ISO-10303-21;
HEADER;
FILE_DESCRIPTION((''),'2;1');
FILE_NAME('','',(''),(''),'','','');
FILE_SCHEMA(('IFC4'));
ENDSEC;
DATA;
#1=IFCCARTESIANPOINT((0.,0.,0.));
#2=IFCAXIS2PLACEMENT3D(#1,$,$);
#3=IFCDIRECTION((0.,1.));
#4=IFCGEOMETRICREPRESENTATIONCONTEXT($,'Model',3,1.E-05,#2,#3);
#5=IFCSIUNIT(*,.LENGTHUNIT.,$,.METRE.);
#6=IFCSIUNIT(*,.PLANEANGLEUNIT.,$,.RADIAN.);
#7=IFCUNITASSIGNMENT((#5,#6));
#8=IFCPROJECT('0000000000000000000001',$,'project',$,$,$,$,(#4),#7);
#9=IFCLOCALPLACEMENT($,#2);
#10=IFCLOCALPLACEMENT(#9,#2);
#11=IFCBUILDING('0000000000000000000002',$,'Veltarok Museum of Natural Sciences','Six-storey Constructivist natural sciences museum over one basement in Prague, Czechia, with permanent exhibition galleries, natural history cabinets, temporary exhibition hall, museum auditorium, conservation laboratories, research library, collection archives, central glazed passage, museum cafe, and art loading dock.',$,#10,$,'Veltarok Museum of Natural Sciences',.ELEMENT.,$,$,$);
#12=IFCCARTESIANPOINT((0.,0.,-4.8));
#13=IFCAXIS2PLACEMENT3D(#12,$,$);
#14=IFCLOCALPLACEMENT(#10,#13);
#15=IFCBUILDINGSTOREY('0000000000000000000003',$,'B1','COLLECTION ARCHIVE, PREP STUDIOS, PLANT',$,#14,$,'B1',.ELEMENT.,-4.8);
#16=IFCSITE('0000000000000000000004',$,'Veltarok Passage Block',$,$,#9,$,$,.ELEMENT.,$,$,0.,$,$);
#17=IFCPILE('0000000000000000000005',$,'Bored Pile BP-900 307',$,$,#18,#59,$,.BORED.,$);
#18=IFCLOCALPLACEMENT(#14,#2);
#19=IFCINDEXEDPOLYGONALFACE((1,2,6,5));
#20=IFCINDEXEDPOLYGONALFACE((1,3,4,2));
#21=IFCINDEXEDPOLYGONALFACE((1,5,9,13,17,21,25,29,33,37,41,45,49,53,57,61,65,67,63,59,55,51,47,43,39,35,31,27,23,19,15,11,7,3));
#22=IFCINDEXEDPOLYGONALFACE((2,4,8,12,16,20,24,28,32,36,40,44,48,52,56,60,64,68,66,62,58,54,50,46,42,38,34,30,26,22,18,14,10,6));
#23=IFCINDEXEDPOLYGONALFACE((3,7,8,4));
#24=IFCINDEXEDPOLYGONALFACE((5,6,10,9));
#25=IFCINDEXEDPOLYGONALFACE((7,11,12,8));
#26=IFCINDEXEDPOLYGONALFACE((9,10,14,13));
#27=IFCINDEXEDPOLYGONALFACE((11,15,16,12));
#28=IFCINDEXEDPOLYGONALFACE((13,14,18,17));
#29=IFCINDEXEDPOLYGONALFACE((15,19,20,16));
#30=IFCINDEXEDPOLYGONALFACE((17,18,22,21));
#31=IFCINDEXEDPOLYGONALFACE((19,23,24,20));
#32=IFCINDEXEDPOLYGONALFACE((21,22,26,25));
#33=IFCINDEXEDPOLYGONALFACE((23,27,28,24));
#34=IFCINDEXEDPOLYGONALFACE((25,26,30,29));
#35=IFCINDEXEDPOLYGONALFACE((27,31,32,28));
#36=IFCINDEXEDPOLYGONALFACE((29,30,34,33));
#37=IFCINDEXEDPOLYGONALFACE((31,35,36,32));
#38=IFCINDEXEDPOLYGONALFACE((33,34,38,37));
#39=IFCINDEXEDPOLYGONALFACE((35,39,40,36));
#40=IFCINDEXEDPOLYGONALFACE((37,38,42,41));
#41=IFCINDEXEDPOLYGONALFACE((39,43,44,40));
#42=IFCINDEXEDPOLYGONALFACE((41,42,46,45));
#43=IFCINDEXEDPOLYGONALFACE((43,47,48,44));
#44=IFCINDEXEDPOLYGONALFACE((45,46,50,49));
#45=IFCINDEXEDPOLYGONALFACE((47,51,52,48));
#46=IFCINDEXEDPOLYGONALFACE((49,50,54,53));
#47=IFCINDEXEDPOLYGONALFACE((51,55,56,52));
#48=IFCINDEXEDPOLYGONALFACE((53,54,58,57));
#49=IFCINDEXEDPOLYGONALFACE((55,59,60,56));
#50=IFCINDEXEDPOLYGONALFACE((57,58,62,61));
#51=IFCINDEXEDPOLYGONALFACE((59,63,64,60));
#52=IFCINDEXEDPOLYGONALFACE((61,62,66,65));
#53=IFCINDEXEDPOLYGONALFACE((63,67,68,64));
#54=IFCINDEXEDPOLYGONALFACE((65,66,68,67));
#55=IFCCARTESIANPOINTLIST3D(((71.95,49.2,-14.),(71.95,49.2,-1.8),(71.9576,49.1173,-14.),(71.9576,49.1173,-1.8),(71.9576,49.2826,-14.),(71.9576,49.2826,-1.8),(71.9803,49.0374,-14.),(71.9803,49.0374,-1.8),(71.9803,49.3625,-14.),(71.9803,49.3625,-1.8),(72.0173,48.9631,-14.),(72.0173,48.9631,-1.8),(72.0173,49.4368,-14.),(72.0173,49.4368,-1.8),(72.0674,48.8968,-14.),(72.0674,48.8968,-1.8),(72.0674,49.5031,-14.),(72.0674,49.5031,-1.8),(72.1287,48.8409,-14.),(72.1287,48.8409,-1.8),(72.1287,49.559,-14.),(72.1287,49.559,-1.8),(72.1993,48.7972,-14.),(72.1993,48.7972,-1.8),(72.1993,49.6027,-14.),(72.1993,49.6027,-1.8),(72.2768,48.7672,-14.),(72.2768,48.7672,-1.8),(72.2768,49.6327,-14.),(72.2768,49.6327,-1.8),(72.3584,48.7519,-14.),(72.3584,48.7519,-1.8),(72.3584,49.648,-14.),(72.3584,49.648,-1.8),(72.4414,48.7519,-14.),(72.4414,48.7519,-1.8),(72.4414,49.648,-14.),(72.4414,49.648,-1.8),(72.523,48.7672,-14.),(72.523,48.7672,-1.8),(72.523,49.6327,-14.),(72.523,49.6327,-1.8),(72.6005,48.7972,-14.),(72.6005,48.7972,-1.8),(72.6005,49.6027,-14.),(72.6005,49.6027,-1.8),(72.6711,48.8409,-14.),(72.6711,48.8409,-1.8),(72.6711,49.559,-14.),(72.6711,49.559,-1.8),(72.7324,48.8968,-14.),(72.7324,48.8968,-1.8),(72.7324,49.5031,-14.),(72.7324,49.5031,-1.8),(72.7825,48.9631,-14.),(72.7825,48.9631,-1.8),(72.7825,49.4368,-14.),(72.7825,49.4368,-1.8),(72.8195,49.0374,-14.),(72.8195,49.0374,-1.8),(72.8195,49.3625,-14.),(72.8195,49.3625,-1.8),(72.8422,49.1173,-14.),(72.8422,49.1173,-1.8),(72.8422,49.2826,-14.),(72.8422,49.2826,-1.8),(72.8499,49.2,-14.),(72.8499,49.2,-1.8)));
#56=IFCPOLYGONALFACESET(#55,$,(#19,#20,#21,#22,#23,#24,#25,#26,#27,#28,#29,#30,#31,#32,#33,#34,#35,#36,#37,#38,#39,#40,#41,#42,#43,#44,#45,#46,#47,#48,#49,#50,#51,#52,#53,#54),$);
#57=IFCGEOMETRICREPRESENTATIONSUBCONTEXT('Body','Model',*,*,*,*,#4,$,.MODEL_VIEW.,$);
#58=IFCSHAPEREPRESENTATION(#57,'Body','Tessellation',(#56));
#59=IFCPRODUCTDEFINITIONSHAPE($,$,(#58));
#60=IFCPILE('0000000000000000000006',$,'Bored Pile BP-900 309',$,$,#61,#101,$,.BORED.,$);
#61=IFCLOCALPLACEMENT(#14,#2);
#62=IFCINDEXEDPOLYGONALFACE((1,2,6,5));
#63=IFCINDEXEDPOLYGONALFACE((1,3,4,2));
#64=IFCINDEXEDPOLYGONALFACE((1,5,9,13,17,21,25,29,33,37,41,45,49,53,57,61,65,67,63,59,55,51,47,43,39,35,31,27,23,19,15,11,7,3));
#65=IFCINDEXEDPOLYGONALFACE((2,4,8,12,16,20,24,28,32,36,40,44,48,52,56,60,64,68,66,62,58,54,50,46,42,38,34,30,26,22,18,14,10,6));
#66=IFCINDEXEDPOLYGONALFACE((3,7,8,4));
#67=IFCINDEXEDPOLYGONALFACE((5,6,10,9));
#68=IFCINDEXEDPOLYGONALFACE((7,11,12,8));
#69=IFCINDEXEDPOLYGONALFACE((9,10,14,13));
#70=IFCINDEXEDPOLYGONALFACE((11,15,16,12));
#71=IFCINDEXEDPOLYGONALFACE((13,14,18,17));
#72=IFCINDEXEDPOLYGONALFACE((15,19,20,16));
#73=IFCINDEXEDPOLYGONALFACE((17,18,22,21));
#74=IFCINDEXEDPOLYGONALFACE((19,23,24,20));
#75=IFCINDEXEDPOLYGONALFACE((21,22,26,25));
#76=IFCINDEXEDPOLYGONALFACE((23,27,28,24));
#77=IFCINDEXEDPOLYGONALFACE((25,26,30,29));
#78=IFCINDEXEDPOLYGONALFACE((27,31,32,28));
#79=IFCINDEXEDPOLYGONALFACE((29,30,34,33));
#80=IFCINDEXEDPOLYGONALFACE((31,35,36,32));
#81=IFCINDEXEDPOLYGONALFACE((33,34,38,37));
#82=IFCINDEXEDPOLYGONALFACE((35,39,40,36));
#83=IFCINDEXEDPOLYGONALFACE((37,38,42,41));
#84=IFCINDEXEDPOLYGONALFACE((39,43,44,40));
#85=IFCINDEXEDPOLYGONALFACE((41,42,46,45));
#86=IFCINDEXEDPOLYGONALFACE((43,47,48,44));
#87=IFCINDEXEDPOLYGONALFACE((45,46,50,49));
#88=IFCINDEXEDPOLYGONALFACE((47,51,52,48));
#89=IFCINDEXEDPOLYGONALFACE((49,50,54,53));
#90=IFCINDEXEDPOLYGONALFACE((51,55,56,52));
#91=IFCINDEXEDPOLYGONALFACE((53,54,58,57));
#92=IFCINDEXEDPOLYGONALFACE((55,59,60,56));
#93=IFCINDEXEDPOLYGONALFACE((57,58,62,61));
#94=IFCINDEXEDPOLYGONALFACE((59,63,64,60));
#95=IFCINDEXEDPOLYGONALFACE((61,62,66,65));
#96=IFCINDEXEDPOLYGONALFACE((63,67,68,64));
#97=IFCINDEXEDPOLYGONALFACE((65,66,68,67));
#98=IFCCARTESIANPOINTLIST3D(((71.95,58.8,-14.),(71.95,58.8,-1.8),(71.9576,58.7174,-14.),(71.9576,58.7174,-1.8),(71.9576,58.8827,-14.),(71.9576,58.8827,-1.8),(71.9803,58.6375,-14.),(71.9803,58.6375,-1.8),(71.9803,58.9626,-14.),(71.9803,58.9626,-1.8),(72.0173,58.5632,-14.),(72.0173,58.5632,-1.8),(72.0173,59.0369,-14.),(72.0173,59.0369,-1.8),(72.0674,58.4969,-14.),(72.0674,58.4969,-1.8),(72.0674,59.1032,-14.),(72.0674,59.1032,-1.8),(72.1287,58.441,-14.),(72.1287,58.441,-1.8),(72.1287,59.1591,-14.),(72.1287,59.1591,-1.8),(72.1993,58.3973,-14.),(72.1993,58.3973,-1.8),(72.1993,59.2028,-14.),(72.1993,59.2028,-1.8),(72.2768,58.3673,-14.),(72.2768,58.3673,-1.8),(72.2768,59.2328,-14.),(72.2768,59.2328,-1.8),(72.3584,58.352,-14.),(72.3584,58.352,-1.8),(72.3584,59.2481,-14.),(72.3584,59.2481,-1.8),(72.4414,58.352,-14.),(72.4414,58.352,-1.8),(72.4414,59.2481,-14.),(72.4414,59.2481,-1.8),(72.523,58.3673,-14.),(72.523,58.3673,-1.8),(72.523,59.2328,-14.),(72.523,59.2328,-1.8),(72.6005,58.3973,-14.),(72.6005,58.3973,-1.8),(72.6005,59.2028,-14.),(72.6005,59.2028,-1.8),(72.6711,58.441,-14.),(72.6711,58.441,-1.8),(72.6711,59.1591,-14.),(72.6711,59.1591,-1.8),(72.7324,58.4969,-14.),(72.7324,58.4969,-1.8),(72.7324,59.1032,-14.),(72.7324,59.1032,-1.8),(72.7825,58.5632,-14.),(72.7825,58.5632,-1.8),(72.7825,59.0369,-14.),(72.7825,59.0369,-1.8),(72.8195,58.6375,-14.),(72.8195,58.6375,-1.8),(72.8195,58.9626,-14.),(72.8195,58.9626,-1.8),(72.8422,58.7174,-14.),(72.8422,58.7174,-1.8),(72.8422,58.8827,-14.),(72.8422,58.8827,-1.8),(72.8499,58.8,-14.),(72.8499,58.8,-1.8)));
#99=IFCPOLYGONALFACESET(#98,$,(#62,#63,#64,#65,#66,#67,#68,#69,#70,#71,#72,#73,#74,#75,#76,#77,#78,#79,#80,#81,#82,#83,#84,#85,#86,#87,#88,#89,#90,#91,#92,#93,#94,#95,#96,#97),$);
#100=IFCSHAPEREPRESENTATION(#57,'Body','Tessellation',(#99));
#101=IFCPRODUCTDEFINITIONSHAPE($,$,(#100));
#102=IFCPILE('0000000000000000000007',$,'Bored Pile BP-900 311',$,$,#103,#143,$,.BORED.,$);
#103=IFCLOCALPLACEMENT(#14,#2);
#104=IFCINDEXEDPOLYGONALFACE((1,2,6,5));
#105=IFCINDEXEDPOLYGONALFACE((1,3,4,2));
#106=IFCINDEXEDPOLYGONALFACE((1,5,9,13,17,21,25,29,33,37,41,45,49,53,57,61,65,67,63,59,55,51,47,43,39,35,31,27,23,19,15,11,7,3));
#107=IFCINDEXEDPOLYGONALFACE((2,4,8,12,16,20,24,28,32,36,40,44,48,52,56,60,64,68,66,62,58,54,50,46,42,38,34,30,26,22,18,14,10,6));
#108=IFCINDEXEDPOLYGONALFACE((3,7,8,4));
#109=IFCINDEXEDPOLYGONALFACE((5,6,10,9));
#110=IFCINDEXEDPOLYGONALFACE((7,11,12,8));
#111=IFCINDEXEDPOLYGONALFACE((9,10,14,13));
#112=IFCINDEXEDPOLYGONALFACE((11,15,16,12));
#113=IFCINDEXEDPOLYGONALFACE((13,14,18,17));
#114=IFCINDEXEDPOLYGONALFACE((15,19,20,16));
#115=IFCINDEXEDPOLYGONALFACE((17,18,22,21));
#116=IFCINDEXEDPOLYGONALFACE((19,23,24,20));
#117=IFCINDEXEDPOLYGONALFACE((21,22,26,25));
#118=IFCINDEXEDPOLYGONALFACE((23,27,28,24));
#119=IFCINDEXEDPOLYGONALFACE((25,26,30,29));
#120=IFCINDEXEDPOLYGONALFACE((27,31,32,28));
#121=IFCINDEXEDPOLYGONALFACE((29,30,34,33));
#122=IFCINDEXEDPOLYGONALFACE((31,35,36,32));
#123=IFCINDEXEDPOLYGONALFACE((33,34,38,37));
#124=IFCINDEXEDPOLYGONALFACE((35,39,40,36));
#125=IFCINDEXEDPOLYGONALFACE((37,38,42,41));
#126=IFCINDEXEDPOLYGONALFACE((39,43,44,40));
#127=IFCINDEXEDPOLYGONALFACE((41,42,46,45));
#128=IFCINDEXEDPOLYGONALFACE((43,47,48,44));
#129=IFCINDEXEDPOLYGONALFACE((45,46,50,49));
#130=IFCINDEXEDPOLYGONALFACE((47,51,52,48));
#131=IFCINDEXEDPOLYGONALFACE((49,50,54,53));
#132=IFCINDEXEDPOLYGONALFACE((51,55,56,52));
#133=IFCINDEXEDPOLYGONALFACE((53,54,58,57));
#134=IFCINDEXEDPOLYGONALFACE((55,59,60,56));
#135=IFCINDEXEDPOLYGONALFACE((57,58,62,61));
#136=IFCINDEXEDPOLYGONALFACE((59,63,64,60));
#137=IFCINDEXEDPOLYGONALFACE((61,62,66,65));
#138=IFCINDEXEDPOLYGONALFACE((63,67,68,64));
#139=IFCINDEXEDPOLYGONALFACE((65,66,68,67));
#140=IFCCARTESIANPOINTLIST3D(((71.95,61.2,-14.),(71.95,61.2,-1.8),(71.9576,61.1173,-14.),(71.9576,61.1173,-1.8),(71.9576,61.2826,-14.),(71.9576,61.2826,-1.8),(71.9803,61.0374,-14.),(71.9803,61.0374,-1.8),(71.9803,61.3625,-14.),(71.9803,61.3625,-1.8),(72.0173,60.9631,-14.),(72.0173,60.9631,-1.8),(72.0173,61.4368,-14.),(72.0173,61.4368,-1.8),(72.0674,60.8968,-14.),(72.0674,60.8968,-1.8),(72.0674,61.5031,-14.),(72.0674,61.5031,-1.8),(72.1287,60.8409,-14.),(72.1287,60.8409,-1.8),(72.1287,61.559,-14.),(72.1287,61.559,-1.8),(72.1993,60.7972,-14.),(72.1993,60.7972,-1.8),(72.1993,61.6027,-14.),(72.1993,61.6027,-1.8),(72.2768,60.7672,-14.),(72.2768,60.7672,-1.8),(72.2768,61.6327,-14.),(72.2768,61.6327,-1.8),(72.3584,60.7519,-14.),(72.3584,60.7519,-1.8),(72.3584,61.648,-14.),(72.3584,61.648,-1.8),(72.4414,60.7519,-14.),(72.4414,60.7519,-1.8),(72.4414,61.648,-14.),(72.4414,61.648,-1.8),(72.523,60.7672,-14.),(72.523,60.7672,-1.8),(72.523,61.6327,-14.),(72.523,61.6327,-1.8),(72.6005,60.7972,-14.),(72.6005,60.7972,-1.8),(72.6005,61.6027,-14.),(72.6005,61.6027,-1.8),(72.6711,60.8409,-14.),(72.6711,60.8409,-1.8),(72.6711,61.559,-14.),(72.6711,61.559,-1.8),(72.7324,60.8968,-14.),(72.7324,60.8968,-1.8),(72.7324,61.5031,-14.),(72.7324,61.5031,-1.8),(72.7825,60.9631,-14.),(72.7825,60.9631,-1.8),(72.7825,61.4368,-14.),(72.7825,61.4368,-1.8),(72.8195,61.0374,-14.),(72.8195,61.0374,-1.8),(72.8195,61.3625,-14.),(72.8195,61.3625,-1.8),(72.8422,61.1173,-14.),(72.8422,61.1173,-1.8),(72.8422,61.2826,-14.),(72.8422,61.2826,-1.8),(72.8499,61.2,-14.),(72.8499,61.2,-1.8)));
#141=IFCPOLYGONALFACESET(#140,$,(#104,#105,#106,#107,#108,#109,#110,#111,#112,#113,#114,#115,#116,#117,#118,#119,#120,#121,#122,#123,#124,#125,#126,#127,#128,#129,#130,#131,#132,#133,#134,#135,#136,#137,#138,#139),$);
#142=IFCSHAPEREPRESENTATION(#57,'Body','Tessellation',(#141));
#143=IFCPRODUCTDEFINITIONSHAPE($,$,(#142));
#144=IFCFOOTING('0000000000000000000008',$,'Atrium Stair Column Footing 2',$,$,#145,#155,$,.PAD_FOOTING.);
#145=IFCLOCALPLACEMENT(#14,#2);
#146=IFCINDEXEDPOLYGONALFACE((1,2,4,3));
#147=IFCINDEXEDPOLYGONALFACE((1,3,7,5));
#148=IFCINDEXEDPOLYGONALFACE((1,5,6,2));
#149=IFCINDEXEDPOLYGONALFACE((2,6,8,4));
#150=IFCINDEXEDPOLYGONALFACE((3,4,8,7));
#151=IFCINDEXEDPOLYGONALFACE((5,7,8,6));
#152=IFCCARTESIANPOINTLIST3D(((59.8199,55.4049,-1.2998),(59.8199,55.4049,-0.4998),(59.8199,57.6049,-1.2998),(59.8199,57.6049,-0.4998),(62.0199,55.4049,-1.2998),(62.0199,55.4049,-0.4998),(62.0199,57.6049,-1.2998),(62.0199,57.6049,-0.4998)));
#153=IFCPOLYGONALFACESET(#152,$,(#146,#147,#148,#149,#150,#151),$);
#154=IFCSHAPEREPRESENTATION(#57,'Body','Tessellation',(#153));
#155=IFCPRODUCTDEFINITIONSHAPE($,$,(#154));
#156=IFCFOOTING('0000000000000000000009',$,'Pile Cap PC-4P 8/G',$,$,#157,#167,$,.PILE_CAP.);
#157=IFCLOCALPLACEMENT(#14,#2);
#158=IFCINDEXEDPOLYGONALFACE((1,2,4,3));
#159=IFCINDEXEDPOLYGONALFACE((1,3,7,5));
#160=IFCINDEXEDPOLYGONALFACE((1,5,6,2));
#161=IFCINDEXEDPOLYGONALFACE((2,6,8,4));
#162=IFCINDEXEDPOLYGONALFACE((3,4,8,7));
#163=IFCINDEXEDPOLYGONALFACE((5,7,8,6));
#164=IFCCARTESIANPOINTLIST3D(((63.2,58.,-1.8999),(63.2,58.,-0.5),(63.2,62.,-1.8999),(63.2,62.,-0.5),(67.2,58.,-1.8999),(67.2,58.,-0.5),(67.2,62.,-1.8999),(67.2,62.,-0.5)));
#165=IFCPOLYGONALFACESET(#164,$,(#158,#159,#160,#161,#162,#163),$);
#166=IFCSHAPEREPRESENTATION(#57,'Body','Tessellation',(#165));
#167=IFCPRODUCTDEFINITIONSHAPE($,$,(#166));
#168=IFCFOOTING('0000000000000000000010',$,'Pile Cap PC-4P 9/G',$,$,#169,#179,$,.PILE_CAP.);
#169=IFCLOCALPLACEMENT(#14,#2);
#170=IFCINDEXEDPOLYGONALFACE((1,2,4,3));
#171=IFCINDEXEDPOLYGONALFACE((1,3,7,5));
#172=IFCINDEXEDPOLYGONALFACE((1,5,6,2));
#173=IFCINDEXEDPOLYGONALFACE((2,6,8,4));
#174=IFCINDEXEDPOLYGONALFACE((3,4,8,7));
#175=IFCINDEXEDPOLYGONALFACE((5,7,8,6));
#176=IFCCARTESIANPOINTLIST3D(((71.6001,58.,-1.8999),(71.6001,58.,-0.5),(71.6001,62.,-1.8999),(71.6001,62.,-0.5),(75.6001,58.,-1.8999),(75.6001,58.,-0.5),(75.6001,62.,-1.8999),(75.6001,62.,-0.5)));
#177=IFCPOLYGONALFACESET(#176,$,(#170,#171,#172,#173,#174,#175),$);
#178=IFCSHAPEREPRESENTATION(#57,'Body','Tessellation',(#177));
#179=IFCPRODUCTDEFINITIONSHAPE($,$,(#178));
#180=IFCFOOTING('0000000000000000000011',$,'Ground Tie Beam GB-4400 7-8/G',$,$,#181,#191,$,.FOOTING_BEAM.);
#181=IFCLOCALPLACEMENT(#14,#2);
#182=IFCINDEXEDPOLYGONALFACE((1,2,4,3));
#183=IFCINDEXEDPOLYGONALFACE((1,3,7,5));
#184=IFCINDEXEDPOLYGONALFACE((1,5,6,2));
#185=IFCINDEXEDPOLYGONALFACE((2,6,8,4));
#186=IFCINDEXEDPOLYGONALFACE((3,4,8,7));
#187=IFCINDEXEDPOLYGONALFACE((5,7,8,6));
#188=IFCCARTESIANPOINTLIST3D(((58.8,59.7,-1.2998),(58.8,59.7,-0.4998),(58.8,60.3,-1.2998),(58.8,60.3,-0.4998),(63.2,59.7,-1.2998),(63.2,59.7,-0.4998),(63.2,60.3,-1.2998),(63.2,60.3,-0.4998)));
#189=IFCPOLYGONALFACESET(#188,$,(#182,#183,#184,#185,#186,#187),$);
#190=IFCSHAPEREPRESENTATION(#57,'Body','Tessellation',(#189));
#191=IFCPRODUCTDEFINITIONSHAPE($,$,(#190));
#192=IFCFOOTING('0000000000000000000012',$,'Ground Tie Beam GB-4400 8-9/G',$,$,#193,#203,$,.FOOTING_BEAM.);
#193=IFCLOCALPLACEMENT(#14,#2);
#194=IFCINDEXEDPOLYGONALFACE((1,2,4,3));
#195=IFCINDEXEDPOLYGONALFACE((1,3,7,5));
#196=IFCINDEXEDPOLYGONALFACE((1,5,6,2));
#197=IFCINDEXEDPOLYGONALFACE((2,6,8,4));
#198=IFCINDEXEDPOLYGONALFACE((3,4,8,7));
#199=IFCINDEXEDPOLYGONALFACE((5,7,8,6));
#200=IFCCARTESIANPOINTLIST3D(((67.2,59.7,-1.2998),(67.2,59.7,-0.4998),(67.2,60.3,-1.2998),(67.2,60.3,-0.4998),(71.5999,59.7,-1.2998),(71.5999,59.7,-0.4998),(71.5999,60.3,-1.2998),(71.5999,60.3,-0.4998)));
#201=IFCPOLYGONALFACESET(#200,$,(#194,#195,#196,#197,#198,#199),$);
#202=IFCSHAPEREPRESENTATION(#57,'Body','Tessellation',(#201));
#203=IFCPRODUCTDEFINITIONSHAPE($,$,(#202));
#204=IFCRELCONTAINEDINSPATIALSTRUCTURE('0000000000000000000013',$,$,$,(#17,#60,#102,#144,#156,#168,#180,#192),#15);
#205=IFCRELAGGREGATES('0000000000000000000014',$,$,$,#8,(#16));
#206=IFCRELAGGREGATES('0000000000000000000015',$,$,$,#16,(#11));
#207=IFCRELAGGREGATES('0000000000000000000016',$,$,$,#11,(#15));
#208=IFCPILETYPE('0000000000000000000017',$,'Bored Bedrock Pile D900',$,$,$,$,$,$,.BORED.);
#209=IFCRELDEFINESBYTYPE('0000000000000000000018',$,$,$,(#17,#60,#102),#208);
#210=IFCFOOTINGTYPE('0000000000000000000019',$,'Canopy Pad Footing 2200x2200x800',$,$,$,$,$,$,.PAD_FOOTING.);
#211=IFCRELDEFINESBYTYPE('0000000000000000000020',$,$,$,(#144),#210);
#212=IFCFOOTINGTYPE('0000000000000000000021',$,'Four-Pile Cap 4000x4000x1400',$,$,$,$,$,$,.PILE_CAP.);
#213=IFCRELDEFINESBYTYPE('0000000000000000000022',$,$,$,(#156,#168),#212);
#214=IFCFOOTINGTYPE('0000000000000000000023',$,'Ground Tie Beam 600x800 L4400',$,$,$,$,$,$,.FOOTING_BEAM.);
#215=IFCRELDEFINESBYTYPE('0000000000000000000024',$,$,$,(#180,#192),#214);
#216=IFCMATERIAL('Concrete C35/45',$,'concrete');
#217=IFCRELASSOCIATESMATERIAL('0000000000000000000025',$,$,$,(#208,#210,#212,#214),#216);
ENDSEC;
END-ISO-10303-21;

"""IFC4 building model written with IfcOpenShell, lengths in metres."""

from ifc_helpers import new_model, si_unit, direction, frame, origin, origin_2d, place, context, subcontext, project, spatial, rectangle, circle, extrude, material, material_profile, profile_set, type_object, element, save


model = new_model("IFC4")

# Units and contexts
model_context = context("Model", 3, precision=1e-05, world=origin(), true_north=direction((0.0, 1.0)))
body_context = subcontext(model_context, "Body", "Model", "MODEL_VIEW")
ifc_project = project(units=[si_unit("LENGTHUNIT", "METRE"), si_unit("PLANEANGLEUNIT", "RADIAN")], contexts=[model_context])

# Site, building, storey
site_placement = place(None, origin())
site = spatial("IfcSite", under=ifc_project, at=site_placement, Name="Veltarok Passage Block", CompositionType="ELEMENT", RefElevation=0.0)
building_placement = place(site_placement, origin())
building = spatial("IfcBuilding", under=site, at=building_placement, Name="Veltarok Museum of Natural Sciences", Description="Six-storey Constructivist natural sciences museum over one basement in Prague, Czechia, with permanent exhibition galleries, natural history cabinets, temporary exhibition hall, museum auditorium, conservation laboratories, research library, collection archives, central glazed passage, museum cafe, and art loading dock.", LongName="Veltarok Museum of Natural Sciences", CompositionType="ELEMENT")
storey_placement = place(building_placement, frame((0.0, 0.0, -4.8)))
storey = spatial("IfcBuildingStorey", under=building, at=storey_placement, Name="B1", Description="COLLECTION ARCHIVE, PREP STUDIOS, PLANT", LongName="B1", CompositionType="ELEMENT", Elevation=-4.8)

# Piles
ifc_material_1 = material(Name="Concrete C35/45", Category="concrete")
ifc_material_profile_1 = material_profile(ifc_material_1, circle(Radius=0.45, at=origin_2d()), Name="BP D900")
ifc_profile_set_1 = profile_set([ifc_material_profile_1], Name="Concrete C35/45")
pile_type = type_object("IfcPileType", Name="Bored Bedrock Pile D900", PredefinedType="BORED", material=ifc_profile_set_1)
for number, where, z_axis, x_axis, name in (
    (1, (72.3999, 49.2, -1.8), (0.0, 0.0, -1.0), (1.0, 0.0, 0.0), "Bored Pile BP-900 307"),
    (2, (72.3999, 58.8, -1.8), (0.0, 0.0, -1.0), (1.0, 0.0, 0.0), "Bored Pile BP-900 309"),
    (3, (72.3999, 61.2, -1.8), (0.0, 0.0, -1.0), (1.0, 0.0, 0.0), "Bored Pile BP-900 311"),
):
    element("IfcPile", number, at=place(storey_placement, frame(where, z_axis=z_axis, x_axis=x_axis)), inside=storey, type_object=pile_type, Name=name, PredefinedType="BORED", context=body_context, shape_type="SweptSolid", body=[
        extrude(circle(Radius=0.45, at=origin_2d()), origin(), (0.0, 0.0, 1.0), 12.2),
    ])

# Footings
footing_type_1 = type_object("IfcFootingType", Name="Canopy Pad Footing 2200x2200x800", PredefinedType="PAD_FOOTING", material=ifc_material_1)
footing_placement = place(storey_placement, frame((60.9199, 56.5049, -1.2998), z_axis=(0.0, 0.0, 1.0), x_axis=(1.0, 0.0, 0.0)))
element("IfcFooting", 4, at=footing_placement, inside=storey, type_object=footing_type_1, Name="Atrium Stair Column Footing 2", PredefinedType="PAD_FOOTING", context=body_context, shape_type="SweptSolid", body=[
    extrude(rectangle(XDim=2.2, YDim=2.2, at=origin_2d()), origin(), (0.0, 0.0, 1.0), 0.8),
])
footing_type_2 = type_object("IfcFootingType", Name="Four-Pile Cap 4000x4000x1400", PredefinedType="PILE_CAP", material=ifc_material_1)
for number, where, z_axis, x_axis, name in (
    (5, (65.2, 60.0, -1.8999), (0.0, 0.0, 1.0), (1.0, 0.0, 0.0), "Pile Cap PC-4P 8/G"),
    (6, (73.6001, 60.0, -1.8999), (0.0, 0.0, 1.0), (1.0, 0.0, 0.0), "Pile Cap PC-4P 9/G"),
):
    element("IfcFooting", number, at=place(storey_placement, frame(where, z_axis=z_axis, x_axis=x_axis)), inside=storey, type_object=footing_type_2, Name=name, PredefinedType="PILE_CAP", context=body_context, shape_type="SweptSolid", body=[
        extrude(rectangle(XDim=4.0, YDim=4.0, at=origin_2d()), origin(), (0.0, 0.0, 1.0), 1.3999),
    ])
footing_type_3 = type_object("IfcFootingType", Name="Ground Tie Beam 600x800 L4400", PredefinedType="FOOTING_BEAM", material=ifc_material_1)
for number, where, z_axis, x_axis, name in (
    (7, (61.0, 60.0, -1.2998), (0.0, 0.0, 1.0), (1.0, 0.0, 0.0), "Ground Tie Beam GB-4400 7-8/G"),
    (8, (69.3999, 60.0, -1.2998), (0.0, 0.0, 1.0), (1.0, 0.0, 0.0), "Ground Tie Beam GB-4400 8-9/G"),
):
    element("IfcFooting", number, at=place(storey_placement, frame(where, z_axis=z_axis, x_axis=x_axis)), inside=storey, type_object=footing_type_3, Name=name, PredefinedType="FOOTING_BEAM", context=body_context, shape_type="SweptSolid", body=[
        extrude(rectangle(XDim=4.3999, YDim=0.6001, at=origin_2d()), origin(), (0.0, 0.0, 1.0), 0.8),
    ])

save(model, "model.ifc")
